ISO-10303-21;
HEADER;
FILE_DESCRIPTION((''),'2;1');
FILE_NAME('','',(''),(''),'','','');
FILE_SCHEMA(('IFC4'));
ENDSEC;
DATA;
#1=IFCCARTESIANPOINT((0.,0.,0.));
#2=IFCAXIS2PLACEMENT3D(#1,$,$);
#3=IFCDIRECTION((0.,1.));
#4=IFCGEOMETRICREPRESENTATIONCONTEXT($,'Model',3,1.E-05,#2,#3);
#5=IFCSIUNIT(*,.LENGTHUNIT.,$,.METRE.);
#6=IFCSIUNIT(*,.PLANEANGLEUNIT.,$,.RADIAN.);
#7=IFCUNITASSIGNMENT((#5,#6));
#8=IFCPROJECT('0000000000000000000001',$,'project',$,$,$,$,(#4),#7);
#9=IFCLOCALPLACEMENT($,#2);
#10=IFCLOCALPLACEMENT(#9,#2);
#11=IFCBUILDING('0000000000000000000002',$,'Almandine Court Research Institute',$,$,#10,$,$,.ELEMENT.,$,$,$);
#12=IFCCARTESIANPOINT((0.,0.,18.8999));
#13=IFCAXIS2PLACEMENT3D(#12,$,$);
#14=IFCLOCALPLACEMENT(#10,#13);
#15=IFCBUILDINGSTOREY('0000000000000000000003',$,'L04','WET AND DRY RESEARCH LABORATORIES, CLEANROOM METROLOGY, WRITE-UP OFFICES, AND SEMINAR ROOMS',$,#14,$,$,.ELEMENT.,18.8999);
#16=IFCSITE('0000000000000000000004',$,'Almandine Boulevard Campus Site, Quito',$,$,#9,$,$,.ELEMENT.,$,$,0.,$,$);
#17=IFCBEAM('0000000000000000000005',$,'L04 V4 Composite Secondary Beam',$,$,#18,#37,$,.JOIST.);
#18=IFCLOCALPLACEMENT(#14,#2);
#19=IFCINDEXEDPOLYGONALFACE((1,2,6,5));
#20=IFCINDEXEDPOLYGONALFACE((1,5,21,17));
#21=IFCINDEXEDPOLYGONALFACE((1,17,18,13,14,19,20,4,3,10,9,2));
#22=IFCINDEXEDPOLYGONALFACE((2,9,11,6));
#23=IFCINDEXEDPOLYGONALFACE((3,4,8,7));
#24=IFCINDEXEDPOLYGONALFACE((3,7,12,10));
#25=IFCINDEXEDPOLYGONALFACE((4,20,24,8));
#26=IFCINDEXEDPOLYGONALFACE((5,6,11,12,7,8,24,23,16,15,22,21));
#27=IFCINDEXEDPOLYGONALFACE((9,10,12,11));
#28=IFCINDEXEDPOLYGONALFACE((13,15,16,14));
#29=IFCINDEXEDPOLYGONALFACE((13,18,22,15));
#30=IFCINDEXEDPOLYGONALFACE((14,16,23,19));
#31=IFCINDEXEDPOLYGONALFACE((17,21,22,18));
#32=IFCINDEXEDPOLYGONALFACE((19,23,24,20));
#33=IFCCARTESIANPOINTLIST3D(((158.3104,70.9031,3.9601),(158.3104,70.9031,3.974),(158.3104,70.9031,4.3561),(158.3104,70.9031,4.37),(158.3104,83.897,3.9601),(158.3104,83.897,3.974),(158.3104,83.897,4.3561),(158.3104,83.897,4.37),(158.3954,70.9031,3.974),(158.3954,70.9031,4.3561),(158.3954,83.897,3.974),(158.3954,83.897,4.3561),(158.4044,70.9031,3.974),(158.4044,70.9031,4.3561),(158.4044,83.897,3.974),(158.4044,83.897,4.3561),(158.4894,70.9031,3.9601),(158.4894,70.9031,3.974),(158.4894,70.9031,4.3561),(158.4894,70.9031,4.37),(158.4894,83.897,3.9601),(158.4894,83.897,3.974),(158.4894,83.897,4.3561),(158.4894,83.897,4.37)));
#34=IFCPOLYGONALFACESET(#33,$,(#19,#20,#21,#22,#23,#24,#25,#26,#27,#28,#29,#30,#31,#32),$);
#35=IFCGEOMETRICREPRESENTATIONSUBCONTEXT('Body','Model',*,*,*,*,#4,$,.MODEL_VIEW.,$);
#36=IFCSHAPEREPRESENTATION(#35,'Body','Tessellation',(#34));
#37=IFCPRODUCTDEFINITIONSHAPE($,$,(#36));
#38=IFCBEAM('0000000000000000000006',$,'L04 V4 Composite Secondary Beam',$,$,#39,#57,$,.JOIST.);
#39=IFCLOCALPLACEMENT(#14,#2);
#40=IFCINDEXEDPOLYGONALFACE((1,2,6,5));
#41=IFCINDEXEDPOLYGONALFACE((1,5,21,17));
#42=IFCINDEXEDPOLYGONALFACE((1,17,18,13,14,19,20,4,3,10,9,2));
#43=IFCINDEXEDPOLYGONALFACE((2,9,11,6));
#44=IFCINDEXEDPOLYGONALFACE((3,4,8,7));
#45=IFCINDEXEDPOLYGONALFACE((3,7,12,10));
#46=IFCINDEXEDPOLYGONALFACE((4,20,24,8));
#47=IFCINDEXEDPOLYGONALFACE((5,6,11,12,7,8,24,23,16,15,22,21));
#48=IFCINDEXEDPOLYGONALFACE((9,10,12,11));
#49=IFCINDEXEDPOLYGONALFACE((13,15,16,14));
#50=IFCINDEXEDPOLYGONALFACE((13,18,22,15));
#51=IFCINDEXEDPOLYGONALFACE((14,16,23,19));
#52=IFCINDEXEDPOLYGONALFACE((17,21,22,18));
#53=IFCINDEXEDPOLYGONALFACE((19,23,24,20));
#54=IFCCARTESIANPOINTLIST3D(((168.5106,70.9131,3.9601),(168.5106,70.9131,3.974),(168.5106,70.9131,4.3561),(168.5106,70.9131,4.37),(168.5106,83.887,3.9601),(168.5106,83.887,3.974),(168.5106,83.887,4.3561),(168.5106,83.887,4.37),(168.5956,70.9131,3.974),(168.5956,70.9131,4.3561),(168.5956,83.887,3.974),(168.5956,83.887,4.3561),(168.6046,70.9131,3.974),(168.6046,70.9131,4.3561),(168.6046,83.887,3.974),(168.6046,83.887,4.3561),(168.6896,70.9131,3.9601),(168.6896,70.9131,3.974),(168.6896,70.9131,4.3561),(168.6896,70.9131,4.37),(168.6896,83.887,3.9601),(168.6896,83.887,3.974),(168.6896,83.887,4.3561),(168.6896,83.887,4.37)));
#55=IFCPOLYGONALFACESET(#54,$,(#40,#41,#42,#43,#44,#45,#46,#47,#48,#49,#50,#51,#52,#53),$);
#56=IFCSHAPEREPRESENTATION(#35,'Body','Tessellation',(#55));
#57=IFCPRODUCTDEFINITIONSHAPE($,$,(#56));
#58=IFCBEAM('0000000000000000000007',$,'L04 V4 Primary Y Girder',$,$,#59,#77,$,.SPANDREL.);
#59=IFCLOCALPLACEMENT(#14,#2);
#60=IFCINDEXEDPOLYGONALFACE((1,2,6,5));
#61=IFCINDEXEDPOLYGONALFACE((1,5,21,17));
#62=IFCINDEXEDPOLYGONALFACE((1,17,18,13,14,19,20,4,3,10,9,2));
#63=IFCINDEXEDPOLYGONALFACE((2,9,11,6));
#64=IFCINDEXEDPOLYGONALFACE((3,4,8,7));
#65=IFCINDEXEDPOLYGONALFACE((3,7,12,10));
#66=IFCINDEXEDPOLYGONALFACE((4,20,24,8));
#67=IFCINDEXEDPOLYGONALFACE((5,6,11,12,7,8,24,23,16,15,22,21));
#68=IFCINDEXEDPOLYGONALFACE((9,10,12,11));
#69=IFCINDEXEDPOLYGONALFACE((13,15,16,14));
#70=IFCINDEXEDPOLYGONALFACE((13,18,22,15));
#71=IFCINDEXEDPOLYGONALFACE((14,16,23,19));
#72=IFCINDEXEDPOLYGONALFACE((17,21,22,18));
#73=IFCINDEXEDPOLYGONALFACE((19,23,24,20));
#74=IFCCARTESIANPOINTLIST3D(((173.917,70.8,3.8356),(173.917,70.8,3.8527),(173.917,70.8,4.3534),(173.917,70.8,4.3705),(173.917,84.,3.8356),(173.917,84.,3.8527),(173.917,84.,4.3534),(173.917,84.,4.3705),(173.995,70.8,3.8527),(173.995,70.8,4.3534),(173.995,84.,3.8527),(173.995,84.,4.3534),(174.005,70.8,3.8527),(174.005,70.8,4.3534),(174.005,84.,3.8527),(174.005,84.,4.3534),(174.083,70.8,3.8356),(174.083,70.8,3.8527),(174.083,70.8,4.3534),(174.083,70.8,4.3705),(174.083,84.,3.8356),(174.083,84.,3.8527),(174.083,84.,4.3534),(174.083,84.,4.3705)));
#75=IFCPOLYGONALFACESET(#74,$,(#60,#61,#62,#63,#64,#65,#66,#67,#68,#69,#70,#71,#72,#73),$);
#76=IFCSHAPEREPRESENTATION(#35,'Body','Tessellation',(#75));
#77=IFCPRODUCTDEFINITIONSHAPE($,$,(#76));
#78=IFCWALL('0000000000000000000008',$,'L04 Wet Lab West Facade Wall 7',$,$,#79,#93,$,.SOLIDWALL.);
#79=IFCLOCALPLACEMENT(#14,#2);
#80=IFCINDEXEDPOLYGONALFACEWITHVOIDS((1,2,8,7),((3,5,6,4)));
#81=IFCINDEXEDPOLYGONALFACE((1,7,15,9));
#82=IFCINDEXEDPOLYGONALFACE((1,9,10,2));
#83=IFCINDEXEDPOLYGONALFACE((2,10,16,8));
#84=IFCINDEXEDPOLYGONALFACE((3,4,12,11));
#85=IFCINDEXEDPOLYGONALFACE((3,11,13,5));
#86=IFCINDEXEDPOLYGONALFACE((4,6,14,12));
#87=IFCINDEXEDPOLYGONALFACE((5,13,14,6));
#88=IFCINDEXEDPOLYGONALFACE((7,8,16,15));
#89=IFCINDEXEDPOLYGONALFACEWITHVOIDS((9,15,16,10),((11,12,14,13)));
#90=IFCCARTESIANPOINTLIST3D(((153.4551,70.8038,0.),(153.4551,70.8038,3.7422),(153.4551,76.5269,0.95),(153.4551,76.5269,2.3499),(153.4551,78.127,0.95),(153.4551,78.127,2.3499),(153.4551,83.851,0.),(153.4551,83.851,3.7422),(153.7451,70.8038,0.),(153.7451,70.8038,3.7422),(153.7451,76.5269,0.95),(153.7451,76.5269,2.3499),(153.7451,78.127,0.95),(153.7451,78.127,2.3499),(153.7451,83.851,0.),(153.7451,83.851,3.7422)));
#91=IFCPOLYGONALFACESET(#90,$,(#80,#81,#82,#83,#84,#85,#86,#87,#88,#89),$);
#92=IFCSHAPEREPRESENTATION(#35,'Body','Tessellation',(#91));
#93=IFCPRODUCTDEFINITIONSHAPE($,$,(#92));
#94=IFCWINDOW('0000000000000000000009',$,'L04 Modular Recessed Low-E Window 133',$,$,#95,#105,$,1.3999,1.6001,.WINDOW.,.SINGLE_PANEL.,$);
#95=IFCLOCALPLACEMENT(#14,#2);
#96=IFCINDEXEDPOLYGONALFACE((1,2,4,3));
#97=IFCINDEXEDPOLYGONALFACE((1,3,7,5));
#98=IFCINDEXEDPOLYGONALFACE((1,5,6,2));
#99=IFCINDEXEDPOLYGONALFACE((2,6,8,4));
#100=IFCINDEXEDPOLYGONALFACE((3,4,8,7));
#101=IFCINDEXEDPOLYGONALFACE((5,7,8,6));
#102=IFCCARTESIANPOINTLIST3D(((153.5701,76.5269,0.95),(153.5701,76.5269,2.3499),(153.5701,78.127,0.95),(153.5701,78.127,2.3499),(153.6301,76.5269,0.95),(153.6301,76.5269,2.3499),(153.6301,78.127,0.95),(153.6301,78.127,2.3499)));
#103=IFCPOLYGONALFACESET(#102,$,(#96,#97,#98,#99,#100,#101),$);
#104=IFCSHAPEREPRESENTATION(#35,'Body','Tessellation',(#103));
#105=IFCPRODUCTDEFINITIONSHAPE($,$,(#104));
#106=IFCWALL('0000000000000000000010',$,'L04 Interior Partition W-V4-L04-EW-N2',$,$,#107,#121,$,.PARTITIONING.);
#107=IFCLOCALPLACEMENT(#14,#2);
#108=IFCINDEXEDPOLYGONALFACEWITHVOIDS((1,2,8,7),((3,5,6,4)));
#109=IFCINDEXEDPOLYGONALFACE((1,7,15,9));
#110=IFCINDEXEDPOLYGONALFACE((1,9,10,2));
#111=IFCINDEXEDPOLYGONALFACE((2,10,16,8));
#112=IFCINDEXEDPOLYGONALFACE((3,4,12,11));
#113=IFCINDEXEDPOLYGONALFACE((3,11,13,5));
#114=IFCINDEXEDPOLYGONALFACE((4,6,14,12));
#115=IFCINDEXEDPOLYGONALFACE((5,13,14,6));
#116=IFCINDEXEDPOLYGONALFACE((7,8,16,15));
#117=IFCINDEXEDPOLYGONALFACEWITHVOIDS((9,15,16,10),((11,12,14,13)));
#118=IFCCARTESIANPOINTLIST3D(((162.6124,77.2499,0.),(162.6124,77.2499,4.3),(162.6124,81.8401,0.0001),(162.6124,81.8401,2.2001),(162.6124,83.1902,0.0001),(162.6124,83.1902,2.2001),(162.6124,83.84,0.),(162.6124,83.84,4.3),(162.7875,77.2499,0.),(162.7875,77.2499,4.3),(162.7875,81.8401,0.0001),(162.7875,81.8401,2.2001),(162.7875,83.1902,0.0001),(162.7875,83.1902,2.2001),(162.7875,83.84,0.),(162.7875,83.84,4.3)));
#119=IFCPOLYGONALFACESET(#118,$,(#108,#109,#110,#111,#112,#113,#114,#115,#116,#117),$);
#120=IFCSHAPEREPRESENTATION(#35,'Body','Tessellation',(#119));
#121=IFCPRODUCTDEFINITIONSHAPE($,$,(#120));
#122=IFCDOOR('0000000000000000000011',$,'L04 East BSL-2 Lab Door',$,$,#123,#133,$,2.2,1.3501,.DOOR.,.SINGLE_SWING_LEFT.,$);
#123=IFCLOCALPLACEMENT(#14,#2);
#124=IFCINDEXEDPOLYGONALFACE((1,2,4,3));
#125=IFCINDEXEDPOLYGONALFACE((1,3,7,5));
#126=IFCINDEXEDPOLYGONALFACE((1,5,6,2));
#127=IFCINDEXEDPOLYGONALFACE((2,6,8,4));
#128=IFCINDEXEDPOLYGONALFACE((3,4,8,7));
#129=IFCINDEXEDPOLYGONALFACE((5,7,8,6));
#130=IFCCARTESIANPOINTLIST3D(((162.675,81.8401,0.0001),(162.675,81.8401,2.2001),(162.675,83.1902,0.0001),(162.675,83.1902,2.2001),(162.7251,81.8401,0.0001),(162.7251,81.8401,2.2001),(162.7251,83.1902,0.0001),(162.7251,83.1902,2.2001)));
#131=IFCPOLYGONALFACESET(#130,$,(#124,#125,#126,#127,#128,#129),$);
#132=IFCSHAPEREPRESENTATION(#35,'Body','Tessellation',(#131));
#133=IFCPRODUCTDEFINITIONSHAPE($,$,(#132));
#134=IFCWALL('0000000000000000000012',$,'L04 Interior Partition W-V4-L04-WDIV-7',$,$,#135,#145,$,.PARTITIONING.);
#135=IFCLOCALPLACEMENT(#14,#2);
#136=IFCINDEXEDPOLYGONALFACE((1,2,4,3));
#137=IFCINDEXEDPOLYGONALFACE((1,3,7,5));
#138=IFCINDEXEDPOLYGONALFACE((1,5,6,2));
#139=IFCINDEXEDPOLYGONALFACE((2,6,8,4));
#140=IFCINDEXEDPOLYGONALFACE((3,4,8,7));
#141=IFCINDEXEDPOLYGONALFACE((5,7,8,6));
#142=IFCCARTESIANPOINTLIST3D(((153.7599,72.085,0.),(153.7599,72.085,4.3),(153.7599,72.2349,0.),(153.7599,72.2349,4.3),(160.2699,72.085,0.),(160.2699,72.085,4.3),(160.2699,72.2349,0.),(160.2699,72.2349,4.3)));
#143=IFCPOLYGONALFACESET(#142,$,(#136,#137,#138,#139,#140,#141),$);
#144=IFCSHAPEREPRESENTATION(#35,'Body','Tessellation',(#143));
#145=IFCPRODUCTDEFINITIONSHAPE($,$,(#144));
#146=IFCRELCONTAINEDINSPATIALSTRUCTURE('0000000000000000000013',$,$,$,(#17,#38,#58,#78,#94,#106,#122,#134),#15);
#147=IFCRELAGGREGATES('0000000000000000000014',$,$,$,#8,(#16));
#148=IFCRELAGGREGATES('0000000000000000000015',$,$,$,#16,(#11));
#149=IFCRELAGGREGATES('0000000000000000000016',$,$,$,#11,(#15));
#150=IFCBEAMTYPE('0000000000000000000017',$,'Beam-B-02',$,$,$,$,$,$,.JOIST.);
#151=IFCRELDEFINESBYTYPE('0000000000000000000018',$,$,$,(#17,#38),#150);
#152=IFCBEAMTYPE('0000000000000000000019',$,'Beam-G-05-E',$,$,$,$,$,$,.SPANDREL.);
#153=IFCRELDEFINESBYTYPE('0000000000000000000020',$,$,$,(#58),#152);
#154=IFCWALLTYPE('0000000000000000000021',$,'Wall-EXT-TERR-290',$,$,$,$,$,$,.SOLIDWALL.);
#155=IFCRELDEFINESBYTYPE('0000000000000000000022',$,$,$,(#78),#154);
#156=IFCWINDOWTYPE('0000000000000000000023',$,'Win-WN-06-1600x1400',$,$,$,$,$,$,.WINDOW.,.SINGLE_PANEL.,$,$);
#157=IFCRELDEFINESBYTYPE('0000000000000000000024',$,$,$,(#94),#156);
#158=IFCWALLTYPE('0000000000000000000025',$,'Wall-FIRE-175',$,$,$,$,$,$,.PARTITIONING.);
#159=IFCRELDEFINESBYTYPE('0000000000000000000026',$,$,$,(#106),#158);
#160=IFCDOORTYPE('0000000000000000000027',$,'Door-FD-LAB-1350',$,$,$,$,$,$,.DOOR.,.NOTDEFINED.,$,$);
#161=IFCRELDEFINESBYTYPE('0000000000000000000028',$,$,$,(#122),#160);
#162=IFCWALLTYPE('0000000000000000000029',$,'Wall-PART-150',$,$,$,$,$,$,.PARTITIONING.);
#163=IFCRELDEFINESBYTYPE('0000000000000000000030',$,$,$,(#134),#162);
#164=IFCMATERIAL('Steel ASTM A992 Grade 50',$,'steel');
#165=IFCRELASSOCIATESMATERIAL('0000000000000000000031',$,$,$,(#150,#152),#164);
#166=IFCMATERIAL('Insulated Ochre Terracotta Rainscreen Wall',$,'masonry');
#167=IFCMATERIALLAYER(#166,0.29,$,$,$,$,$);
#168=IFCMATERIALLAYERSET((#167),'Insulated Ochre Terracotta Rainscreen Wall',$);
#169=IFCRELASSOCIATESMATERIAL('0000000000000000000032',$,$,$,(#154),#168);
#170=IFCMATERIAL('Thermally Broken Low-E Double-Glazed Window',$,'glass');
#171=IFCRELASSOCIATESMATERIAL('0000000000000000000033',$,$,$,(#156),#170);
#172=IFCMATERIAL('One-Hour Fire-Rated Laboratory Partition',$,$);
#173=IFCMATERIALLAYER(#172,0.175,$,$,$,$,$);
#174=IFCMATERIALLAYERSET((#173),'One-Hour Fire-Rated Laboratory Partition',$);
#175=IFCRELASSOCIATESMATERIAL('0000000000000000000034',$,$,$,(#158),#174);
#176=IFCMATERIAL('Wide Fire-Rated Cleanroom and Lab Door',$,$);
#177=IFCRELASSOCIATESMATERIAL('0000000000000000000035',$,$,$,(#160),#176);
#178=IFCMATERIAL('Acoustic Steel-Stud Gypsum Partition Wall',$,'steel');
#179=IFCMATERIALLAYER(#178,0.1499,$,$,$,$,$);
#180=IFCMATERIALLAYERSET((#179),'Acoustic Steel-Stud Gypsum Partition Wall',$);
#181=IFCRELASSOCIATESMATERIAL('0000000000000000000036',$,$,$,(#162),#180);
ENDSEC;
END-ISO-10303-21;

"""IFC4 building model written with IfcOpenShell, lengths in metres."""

from ifc_helpers import new_model, si_unit, direction, frame, frame_2d, origin, origin_2d, place, context, subcontext, project, spatial, rectangle, i_section, extrude, material, layer, layer_set, material_profile, profile_set, type_object, element, fill, save


model = new_model("IFC4")

# Units and contexts
model_context = context("Model", 3, precision=1e-05, world=origin(), true_north=direction((0.0, 1.0)))
body_context = subcontext(model_context, "Body", "Model", "MODEL_VIEW")
ifc_project = project(units=[si_unit("LENGTHUNIT", "METRE"), si_unit("PLANEANGLEUNIT", "RADIAN")], contexts=[model_context])

# Site, building, storey
site_placement = place(None, origin())
site = spatial("IfcSite", under=ifc_project, at=site_placement, Name="Almandine Boulevard Campus Site, Quito", CompositionType="ELEMENT", RefElevation=0.0)
building_placement = place(site_placement, origin())
building = spatial("IfcBuilding", under=site, at=building_placement, Name="Almandine Court Research Institute", CompositionType="ELEMENT")
storey_placement = place(building_placement, frame((0.0, 0.0, 18.8999)))
storey = spatial("IfcBuildingStorey", under=building, at=storey_placement, Name="L04", Description="WET AND DRY RESEARCH LABORATORIES, CLEANROOM METROLOGY, WRITE-UP OFFICES, AND SEMINAR ROOMS", CompositionType="ELEMENT", Elevation=18.8999)

# Beams
ifc_material_1 = material(Name="Steel ASTM A992 Grade 50", Category="steel")
ifc_material_profile_1 = material_profile(ifc_material_1, i_section(OverallWidth=0.179, OverallDepth=0.4099, WebThickness=0.009, FlangeThickness=0.0139, at=origin_2d()), Name="W410x67")
ifc_profile_set_1 = profile_set([ifc_material_profile_1], Name="Steel ASTM A992 Grade 50")
beam_type_1 = type_object("IfcBeamType", Name="Beam-B-02", PredefinedType="JOIST", material=ifc_profile_set_1)
beam_1_placement = place(storey_placement, frame((158.3999, 70.9031, 4.165), z_axis=(0.0, 1.0, 0.0), x_axis=(-1.0, 0.0, 0.0)))
element("IfcBeam", 1, at=beam_1_placement, inside=storey, type_object=beam_type_1, Name="L04 V4 Composite Secondary Beam", PredefinedType="JOIST", context=body_context, shape_type="SweptSolid", body=[
    extrude(i_section(OverallWidth=0.179, OverallDepth=0.4099, WebThickness=0.009, FlangeThickness=0.0139, at=origin_2d()), origin(), (0.0, 0.0, 1.0), 12.9939),
])
beam_2_placement = place(storey_placement, frame((168.6001, 70.9131, 4.165), z_axis=(0.0, 1.0, 0.0), x_axis=(-1.0, 0.0, 0.0)))
element("IfcBeam", 2, at=beam_2_placement, inside=storey, type_object=beam_type_1, Name="L04 V4 Composite Secondary Beam", PredefinedType="JOIST", context=body_context, shape_type="SweptSolid", body=[
    extrude(i_section(OverallWidth=0.179, OverallDepth=0.4099, WebThickness=0.009, FlangeThickness=0.0139, at=origin_2d()), origin(), (0.0, 0.0, 1.0), 12.9739),
])
ifc_material_profile_2 = material_profile(ifc_material_1, i_section(OverallWidth=0.166, OverallDepth=0.5349, WebThickness=0.01, FlangeThickness=0.0171, at=origin_2d()), Name="W530x85")
ifc_profile_set_2 = profile_set([ifc_material_profile_2], Name="Steel ASTM A992 Grade 50")
beam_type_2 = type_object("IfcBeamType", Name="Beam-G-05-E", PredefinedType="SPANDREL", material=ifc_profile_set_2)
beam_3_placement = place(storey_placement, frame((174.0, 70.8, 4.103), z_axis=(0.0, 1.0, 0.0), x_axis=(-1.0, 0.0, 0.0)))
element("IfcBeam", 3, at=beam_3_placement, inside=storey, type_object=beam_type_2, Name="L04 V4 Primary Y Girder", PredefinedType="SPANDREL", context=body_context, shape_type="SweptSolid", body=[
    extrude(i_section(OverallWidth=0.166, OverallDepth=0.5349, WebThickness=0.01, FlangeThickness=0.0171, at=origin_2d()), origin(), (0.0, 0.0, 1.0), 13.2),
])

# Wall, opening, window
ifc_material_2 = material(Name="Insulated Ochre Terracotta Rainscreen Wall", Category="masonry")
ifc_layer_1 = layer(ifc_material_2, 0.29)
ifc_layer_set_1 = layer_set([ifc_layer_1], Name="Insulated Ochre Terracotta Rainscreen Wall")
wall_type_1 = type_object("IfcWallType", Name="Wall-EXT-TERR-290", PredefinedType="SOLIDWALL", material=ifc_layer_set_1)
wall_1_placement = place(storey_placement, frame((153.6001, 70.804, 0.0), z_axis=(0.0, 0.0, 1.0), x_axis=(0.0, 1.0, 0.0)))
wall_1 = element("IfcWall", 4, at=wall_1_placement, inside=storey, type_object=wall_type_1, Name="L04 Wet Lab West Facade Wall 7", PredefinedType="SOLIDWALL", context=body_context, shape_type="SweptSolid", body=[
    extrude(rectangle(XDim=13.0471, YDim=0.29, at=frame_2d((6.5234, 0.0))), origin(), (0.0, 0.0, 1.0), 3.7422),
])
opening_1_placement = place(wall_1_placement, frame((5.7229, 0.0, 0.95)))
opening_1 = element("IfcOpeningElement", 5, at=opening_1_placement, cuts=wall_1, PredefinedType="OPENING", context=body_context, shape_type="SweptSolid", body=[
    extrude(rectangle(XDim=1.6001, YDim=1.3999, at=frame_2d((0.8, 0.7))), frame((0.0, 0.155, 0.0), z_axis=(0.0, -1.0, 0.0), x_axis=(1.0, 0.0, 0.0)), (0.0, 0.0, 1.0), 0.3101),
])
ifc_material_3 = material(Name="Thermally Broken Low-E Double-Glazed Window", Category="glass")
window_type = type_object("IfcWindowType", Name="Win-WN-06-1600x1400", PartitioningType="SINGLE_PANEL", PredefinedType="WINDOW", material=ifc_material_3)
window_placement = place(opening_1_placement, origin())
window = element("IfcWindow", 6, at=window_placement, inside=storey, type_object=window_type, Name="L04 Modular Recessed Low-E Window 133", OverallHeight=1.3999, OverallWidth=1.6001, PartitioningType="SINGLE_PANEL", PredefinedType="WINDOW", context=body_context, shape_type="SweptSolid", body=[
    extrude(rectangle(XDim=1.6001, YDim=1.3999, at=frame_2d((0.8, 0.7))), frame((0.0, 0.03, 0.0), z_axis=(0.0, -1.0, 0.0), x_axis=(1.0, 0.0, 0.0)), (0.0, 0.0, 1.0), 0.0601),
])
fill(opening_1, window)

# Wall, opening, door
ifc_material_4 = material(Name="One-Hour Fire-Rated Laboratory Partition")
ifc_layer_2 = layer(ifc_material_4, 0.175)
ifc_layer_set_2 = layer_set([ifc_layer_2], Name="One-Hour Fire-Rated Laboratory Partition")
wall_type_2 = type_object("IfcWallType", Name="Wall-FIRE-175", PredefinedType="PARTITIONING", material=ifc_layer_set_2)
wall_2_placement = place(storey_placement, frame((162.7, 77.25, 0.0), z_axis=(0.0, 0.0, 1.0), x_axis=(0.0, 1.0, 0.0)))
wall_2 = element("IfcWall", 7, at=wall_2_placement, inside=storey, type_object=wall_type_2, Name="L04 Interior Partition W-V4-L04-EW-N2", PredefinedType="PARTITIONING", context=body_context, shape_type="SweptSolid", body=[
    extrude(rectangle(XDim=6.5901, YDim=0.175, at=frame_2d((3.2949, 0.0))), origin(), (0.0, 0.0, 1.0), 4.3),
])
opening_2_placement = place(wall_2_placement, frame((4.5901, 0.0, 0.0)))
opening_2 = element("IfcOpeningElement", 8, at=opening_2_placement, cuts=wall_2, PredefinedType="OPENING", context=body_context, shape_type="SweptSolid", body=[
    extrude(rectangle(XDim=1.3501, YDim=2.2, at=frame_2d((0.675, 1.1001))), frame((0.0, 0.0974, 0.0), z_axis=(0.0, -1.0, 0.0), x_axis=(1.0, 0.0, 0.0)), (0.0, 0.0, 1.0), 0.1951),
])
ifc_material_5 = material(Name="Wide Fire-Rated Cleanroom and Lab Door")
door_type_1 = type_object("IfcDoorType", Name="Door-FD-LAB-1350", OperationType="NOTDEFINED", PredefinedType="DOOR", material=ifc_material_5)
door_1_placement = place(opening_2_placement, origin())
door_1 = element("IfcDoor", 9, at=door_1_placement, inside=storey, type_object=door_type_1, Name="L04 East BSL-2 Lab Door", OperationType="SINGLE_SWING_LEFT", OverallHeight=2.2, OverallWidth=1.3501, PredefinedType="DOOR", context=body_context, shape_type="SweptSolid", body=[
    extrude(rectangle(XDim=1.3501, YDim=2.2, at=frame_2d((0.675, 1.1001))), frame((0.0, 0.0249, 0.0), z_axis=(0.0, -1.0, 0.0), x_axis=(1.0, 0.0, 0.0)), (0.0, 0.0, 1.0), 0.05),
])
fill(opening_2, door_1)

# Wall
ifc_material_6 = material(Name="Acoustic Steel-Stud Gypsum Partition Wall", Category="steel")
ifc_layer_3 = layer(ifc_material_6, 0.1499)
ifc_layer_set_3 = layer_set([ifc_layer_3], Name="Acoustic Steel-Stud Gypsum Partition Wall")
wall_type_3 = type_object("IfcWallType", Name="Wall-PART-150", PredefinedType="PARTITIONING", material=ifc_layer_set_3)
wall_3_placement = place(storey_placement, frame((153.76, 72.1599, 0.0), z_axis=(0.0, 0.0, 1.0), x_axis=(1.0, 0.0, 0.0)))
element("IfcWall", 10, at=wall_3_placement, inside=storey, type_object=wall_type_3, Name="L04 Interior Partition W-V4-L04-WDIV-7", PredefinedType="PARTITIONING", context=body_context, shape_type="SweptSolid", body=[
    extrude(rectangle(XDim=6.51, YDim=0.1499, at=frame_2d((3.2549, 0.0))), origin(), (0.0, 0.0, 1.0), 4.3),
])

save(model, "model.ifc")
